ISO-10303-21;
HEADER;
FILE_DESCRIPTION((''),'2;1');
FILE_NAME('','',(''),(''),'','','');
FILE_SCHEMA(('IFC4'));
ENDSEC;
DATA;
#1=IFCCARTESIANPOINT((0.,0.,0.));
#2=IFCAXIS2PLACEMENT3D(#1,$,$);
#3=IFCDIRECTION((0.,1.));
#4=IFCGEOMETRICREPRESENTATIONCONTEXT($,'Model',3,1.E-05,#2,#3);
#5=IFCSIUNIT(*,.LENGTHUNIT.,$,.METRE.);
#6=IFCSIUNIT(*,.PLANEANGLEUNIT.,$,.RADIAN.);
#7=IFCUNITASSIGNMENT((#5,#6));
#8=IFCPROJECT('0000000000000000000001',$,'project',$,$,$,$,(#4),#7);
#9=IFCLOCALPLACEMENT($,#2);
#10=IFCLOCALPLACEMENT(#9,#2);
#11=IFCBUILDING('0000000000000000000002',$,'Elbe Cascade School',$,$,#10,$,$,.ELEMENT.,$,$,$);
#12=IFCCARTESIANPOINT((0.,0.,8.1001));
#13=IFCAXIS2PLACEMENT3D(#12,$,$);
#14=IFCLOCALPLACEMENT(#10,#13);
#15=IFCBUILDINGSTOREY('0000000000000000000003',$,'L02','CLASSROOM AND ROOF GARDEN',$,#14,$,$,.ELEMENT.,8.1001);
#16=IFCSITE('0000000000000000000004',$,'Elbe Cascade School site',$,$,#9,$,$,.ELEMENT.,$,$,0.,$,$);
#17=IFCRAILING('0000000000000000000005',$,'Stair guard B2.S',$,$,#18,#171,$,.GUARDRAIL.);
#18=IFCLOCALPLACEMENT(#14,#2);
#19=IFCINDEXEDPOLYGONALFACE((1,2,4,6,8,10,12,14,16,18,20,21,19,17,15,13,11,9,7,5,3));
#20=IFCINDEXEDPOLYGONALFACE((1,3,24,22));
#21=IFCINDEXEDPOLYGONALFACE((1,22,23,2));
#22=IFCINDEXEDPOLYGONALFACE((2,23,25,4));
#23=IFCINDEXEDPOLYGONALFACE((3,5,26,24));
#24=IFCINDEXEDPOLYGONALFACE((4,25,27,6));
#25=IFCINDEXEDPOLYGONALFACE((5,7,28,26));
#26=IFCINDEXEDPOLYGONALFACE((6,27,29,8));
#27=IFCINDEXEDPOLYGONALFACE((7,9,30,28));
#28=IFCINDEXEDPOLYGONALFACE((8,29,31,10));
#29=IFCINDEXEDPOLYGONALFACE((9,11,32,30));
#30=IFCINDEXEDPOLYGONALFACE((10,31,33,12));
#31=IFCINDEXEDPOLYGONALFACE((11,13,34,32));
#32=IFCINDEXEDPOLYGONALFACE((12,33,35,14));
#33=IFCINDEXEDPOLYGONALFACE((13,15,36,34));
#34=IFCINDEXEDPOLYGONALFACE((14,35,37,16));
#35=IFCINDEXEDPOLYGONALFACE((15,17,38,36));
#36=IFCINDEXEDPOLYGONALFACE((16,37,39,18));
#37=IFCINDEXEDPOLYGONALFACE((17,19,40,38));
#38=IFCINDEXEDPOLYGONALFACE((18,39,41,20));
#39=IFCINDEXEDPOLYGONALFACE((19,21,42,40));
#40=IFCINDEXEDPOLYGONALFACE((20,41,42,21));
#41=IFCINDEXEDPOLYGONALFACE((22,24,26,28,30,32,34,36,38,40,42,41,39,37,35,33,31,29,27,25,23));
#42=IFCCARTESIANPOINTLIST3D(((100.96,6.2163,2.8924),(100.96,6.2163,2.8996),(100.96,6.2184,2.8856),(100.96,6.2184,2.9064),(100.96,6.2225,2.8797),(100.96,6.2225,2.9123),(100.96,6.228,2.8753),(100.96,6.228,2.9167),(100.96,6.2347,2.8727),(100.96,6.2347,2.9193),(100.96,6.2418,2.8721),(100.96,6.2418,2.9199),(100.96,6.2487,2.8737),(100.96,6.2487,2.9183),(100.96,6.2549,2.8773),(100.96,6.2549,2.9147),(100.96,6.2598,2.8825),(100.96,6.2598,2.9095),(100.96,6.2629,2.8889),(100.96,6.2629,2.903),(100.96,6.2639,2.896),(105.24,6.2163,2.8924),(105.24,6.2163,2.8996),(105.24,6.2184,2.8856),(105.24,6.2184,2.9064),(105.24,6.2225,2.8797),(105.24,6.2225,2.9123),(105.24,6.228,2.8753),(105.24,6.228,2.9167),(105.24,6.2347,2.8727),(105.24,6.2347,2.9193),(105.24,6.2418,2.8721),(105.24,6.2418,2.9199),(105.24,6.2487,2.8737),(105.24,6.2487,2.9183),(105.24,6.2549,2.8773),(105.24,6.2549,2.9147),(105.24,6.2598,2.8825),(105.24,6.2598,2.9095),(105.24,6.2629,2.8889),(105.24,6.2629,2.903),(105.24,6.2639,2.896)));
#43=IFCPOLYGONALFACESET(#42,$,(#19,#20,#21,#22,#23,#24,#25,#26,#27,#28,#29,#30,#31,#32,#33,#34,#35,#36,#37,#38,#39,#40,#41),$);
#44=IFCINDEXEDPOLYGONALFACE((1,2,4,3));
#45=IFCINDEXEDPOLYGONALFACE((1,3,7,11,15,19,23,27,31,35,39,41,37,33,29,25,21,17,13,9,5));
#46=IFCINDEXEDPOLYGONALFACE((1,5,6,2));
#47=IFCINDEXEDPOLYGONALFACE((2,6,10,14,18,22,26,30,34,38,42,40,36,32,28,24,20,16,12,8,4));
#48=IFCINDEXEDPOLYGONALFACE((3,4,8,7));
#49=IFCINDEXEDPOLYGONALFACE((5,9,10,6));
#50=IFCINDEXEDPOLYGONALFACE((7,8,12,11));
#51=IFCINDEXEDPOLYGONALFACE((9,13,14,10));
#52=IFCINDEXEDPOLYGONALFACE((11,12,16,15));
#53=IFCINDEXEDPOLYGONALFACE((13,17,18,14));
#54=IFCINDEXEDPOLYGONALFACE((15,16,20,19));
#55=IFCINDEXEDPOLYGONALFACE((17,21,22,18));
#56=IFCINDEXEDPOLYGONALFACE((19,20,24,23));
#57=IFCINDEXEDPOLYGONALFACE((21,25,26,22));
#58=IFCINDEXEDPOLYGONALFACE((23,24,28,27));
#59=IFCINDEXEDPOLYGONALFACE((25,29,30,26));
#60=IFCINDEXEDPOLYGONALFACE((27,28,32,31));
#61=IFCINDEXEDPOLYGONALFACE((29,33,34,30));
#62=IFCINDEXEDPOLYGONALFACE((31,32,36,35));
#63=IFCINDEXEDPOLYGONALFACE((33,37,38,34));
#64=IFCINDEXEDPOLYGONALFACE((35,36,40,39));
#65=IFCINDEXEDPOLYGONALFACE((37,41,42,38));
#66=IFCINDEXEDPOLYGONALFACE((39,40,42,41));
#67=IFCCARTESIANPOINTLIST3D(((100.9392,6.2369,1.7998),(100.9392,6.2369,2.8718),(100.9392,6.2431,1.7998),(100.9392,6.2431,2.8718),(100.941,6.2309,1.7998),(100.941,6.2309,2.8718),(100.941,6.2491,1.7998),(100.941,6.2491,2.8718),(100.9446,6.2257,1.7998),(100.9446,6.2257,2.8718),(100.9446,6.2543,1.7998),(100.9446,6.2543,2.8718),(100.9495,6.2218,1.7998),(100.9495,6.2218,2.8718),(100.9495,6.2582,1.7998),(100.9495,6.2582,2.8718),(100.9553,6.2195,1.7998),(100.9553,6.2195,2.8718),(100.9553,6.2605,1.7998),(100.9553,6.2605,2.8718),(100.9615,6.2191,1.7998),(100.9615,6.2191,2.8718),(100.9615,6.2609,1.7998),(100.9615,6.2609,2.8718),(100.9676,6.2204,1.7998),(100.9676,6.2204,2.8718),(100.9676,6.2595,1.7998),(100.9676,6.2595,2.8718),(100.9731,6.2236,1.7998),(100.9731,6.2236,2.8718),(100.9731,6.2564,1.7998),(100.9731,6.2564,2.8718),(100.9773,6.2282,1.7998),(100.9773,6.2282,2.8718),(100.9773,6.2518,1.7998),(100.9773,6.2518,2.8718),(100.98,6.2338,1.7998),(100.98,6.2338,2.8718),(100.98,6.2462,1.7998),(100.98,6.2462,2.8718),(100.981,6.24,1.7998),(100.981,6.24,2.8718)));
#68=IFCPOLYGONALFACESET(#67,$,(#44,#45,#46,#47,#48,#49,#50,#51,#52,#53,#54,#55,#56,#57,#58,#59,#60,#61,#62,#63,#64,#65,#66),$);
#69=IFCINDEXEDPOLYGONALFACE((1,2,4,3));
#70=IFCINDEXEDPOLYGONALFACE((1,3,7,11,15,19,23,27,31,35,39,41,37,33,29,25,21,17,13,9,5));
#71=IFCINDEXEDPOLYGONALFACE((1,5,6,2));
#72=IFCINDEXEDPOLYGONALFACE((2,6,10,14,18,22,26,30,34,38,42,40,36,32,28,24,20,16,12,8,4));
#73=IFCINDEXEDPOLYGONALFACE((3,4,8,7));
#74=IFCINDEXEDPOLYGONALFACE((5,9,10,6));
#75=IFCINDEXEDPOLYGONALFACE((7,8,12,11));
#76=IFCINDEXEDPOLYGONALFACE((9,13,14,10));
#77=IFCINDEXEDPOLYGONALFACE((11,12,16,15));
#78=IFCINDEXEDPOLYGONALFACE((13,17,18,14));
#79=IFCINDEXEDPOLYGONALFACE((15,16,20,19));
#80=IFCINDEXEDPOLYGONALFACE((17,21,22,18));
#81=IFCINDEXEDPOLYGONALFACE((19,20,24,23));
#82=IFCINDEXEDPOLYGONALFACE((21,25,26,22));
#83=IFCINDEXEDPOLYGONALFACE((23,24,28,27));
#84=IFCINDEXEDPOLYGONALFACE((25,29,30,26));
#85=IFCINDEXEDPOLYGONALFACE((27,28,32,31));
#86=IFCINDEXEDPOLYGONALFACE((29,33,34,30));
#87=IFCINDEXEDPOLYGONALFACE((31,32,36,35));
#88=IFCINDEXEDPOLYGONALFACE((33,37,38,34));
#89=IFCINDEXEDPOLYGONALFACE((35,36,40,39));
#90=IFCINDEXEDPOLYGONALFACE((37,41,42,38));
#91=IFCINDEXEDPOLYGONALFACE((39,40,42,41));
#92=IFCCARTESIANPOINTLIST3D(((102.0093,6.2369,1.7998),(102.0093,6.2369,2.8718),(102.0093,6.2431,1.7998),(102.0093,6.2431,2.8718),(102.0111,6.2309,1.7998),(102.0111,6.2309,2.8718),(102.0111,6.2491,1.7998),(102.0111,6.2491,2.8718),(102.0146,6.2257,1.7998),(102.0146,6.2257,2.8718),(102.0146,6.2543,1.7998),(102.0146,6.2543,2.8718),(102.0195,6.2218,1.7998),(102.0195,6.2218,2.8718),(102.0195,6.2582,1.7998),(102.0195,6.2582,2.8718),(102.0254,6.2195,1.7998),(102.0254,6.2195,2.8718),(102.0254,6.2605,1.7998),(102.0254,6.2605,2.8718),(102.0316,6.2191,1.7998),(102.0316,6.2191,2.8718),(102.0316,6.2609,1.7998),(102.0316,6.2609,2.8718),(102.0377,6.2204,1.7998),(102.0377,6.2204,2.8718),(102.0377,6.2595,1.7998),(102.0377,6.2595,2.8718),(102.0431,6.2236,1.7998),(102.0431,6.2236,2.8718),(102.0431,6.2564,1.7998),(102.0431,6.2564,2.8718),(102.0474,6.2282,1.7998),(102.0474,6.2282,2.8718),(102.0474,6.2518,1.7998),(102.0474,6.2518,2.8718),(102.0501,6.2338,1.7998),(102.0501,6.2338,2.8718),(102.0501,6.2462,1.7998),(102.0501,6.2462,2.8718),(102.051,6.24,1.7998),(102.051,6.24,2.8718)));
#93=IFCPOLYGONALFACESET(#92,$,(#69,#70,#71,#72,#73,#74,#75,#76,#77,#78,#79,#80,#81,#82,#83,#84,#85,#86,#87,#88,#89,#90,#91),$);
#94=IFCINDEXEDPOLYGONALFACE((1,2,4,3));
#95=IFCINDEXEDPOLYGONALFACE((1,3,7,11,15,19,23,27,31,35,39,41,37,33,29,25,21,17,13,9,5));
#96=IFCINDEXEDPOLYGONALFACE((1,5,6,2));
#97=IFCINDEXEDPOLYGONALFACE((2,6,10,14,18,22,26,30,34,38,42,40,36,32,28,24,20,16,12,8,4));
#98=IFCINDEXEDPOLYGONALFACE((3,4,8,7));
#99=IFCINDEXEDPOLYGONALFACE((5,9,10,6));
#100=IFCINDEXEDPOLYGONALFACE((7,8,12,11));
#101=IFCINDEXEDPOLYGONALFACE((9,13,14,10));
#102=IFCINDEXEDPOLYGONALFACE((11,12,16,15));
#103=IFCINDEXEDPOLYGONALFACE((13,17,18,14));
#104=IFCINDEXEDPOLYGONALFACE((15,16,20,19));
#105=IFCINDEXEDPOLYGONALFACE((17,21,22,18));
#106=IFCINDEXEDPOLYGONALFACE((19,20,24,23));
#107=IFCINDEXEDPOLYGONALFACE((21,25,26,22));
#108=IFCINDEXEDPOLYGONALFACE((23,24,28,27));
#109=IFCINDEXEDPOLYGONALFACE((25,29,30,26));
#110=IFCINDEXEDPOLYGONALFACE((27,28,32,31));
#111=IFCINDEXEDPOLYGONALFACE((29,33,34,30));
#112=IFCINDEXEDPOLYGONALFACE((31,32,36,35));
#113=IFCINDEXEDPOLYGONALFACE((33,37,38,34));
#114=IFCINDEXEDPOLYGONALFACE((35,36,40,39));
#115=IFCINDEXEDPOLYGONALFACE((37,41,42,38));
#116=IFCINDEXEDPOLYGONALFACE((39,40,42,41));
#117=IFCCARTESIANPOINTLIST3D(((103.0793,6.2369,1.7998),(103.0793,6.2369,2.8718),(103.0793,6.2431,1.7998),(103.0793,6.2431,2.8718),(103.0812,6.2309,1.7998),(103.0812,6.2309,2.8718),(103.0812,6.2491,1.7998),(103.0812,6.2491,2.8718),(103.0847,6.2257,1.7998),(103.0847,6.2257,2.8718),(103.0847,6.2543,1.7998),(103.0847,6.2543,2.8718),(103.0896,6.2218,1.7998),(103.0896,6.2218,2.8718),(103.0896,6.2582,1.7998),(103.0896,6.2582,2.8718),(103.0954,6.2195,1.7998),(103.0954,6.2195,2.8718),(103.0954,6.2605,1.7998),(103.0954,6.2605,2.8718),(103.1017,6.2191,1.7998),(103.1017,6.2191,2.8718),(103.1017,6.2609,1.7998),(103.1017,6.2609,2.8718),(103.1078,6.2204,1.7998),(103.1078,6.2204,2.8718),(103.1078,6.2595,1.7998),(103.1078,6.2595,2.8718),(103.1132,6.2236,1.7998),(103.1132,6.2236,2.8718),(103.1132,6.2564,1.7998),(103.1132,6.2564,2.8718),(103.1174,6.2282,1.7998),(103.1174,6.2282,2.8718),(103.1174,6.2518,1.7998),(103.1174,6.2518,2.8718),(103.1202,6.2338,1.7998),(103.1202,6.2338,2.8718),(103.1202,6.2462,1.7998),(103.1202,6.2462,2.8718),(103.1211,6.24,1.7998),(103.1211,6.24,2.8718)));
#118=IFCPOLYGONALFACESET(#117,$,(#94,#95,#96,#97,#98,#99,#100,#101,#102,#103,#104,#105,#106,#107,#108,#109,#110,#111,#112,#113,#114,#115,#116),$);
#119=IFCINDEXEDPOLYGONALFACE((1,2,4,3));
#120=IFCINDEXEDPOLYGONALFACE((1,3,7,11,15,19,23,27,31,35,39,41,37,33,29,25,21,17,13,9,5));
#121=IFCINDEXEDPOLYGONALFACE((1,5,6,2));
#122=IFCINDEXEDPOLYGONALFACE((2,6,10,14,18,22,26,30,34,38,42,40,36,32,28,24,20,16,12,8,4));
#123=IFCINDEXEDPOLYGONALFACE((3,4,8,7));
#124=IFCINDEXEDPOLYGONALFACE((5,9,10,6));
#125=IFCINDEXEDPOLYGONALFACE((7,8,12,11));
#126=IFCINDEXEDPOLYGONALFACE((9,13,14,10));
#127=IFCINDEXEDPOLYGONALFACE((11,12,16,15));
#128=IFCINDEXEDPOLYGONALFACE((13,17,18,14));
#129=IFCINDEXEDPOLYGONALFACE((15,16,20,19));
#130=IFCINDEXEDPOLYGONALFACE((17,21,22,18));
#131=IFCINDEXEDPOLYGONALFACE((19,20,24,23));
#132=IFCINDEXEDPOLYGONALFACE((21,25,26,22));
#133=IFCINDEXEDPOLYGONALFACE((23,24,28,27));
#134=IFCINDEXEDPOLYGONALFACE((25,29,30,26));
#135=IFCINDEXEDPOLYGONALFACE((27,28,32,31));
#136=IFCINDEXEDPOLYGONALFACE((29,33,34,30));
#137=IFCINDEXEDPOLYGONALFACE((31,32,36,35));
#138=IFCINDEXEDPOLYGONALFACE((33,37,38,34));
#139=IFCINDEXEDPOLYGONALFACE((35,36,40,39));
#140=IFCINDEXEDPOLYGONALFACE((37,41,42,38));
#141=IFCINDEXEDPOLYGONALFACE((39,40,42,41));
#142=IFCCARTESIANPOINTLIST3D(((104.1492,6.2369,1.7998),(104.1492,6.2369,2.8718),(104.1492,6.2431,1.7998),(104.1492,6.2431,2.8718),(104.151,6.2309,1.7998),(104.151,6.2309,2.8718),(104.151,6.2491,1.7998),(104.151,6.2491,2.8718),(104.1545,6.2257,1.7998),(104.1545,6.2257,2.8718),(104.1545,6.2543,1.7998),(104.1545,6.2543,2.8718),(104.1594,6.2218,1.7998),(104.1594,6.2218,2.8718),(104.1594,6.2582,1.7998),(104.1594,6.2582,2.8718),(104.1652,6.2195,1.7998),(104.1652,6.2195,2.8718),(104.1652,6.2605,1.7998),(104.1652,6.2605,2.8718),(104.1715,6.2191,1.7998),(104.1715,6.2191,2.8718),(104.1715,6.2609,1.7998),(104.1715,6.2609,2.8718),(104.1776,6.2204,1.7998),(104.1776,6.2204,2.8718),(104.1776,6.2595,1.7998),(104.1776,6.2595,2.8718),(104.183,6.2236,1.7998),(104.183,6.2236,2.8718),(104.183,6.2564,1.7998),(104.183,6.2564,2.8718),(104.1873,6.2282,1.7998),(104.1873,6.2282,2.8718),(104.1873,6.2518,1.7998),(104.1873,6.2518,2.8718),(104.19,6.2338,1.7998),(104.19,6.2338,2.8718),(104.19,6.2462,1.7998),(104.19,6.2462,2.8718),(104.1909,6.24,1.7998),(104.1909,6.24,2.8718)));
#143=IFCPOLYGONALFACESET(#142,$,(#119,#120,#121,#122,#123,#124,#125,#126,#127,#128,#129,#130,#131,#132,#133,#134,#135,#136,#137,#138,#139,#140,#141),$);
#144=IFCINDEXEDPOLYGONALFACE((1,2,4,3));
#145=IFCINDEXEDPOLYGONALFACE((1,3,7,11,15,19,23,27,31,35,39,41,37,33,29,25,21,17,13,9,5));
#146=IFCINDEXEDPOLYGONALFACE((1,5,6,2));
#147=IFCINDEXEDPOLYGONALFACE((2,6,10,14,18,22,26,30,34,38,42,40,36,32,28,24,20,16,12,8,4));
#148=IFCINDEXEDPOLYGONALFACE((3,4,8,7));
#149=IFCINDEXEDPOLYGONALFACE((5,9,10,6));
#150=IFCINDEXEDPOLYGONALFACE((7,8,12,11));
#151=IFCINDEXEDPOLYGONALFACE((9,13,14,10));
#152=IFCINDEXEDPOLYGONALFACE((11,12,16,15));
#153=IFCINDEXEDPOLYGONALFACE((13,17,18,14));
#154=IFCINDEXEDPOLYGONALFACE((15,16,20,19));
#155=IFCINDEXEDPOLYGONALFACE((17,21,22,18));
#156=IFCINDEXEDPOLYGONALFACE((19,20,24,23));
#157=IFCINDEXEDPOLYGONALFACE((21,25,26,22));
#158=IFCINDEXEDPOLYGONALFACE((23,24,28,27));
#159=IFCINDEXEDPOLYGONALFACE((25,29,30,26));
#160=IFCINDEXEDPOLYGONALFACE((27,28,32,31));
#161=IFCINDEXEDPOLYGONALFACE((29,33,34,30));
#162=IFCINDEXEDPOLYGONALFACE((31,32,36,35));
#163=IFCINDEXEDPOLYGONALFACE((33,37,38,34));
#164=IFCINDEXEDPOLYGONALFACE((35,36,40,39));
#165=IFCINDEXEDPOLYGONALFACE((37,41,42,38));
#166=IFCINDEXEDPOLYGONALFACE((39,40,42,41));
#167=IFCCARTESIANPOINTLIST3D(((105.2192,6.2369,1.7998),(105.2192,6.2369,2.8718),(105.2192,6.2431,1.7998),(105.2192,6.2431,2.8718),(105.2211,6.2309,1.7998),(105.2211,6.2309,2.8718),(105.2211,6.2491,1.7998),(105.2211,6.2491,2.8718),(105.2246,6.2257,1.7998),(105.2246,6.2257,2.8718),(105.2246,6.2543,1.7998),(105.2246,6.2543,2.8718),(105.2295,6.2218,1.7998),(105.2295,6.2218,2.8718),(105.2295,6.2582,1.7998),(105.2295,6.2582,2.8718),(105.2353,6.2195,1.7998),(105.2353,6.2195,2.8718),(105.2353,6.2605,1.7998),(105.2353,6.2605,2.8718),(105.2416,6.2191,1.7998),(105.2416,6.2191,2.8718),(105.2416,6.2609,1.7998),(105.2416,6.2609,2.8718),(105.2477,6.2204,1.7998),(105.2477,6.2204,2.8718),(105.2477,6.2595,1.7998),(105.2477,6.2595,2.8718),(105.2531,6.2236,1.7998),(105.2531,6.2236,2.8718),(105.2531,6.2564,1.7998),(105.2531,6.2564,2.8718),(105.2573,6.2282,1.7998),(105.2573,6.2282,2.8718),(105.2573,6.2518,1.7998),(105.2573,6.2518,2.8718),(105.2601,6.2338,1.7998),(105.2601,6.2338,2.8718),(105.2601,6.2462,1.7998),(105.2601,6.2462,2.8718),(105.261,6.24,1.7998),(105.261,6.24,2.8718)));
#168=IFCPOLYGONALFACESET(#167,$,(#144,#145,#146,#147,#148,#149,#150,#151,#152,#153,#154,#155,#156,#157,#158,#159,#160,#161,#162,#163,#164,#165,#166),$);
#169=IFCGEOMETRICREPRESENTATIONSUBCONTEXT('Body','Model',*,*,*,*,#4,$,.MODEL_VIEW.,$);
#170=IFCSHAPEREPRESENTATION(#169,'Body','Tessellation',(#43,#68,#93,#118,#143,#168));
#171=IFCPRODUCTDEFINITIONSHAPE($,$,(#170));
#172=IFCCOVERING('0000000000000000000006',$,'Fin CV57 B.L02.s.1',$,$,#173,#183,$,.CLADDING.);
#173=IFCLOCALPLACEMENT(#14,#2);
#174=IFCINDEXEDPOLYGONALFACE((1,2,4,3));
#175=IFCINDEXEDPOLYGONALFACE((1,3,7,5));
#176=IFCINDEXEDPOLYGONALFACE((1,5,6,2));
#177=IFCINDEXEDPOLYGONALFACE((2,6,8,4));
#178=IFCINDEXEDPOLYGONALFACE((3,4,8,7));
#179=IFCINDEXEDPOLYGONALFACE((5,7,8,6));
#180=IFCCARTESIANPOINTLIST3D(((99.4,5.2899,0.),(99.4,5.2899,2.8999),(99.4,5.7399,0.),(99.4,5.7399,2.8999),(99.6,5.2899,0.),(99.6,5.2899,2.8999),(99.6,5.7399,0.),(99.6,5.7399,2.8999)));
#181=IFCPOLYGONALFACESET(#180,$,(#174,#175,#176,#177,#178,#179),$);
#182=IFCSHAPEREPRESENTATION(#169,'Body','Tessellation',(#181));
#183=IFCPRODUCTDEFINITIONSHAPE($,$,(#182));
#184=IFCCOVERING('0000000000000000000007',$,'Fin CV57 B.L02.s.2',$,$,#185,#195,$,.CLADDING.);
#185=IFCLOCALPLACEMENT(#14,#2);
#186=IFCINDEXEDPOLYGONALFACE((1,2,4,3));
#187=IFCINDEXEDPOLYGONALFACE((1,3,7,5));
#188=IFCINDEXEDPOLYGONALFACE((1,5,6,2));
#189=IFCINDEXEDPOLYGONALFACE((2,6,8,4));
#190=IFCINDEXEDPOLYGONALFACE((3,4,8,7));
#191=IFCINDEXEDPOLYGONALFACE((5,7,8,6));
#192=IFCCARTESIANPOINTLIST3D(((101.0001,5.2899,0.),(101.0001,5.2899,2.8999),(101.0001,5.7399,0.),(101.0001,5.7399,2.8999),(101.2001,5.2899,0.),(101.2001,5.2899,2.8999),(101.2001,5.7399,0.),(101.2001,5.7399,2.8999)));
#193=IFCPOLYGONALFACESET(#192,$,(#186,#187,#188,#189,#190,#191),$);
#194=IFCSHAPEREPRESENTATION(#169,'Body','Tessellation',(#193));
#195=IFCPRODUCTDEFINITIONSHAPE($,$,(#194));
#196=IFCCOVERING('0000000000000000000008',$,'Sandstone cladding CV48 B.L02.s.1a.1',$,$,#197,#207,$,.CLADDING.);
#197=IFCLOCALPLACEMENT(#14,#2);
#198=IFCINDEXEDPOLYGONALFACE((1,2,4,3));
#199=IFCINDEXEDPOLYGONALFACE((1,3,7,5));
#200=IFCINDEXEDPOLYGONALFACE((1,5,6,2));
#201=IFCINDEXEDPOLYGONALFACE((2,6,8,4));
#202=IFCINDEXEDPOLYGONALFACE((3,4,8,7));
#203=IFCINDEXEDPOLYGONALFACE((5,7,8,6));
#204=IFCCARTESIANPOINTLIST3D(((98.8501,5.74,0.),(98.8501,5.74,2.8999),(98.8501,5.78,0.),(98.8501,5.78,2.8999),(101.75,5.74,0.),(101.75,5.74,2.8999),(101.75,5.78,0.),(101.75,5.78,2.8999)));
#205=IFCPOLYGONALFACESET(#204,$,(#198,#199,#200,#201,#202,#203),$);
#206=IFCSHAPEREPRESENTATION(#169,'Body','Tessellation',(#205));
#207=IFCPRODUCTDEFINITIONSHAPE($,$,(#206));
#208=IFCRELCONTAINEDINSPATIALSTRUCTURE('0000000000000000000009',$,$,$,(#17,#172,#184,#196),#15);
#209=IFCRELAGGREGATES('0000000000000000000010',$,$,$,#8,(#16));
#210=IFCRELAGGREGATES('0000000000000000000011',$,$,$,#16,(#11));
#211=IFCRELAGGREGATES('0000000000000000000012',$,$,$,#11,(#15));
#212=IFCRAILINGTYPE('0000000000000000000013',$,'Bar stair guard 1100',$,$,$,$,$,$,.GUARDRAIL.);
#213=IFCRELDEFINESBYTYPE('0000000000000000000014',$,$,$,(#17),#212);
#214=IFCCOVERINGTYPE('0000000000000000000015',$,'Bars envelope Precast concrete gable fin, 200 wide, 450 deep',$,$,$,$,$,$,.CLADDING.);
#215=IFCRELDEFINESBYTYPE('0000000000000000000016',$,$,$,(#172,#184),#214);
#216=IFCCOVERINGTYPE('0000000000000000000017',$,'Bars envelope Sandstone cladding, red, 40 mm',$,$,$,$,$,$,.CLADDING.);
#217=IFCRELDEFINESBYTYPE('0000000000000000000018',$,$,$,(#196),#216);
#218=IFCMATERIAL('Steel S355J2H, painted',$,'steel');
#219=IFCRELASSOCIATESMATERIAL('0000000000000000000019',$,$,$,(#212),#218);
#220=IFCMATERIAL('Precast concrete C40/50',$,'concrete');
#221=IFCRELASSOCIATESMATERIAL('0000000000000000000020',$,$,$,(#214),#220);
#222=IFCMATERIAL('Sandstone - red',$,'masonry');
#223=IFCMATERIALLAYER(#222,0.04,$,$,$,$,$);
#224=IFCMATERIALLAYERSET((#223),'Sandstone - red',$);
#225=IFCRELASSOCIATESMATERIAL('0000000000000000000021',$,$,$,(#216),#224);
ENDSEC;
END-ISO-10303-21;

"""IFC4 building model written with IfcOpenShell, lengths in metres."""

from ifc_helpers import new_model, si_unit, direction, frame, origin, origin_2d, place, context, subcontext, project, spatial, rectangle, circle, extrude, material, layer, layer_set, type_object, element, save


model = new_model("IFC4")

# Units and contexts
model_context = context("Model", 3, precision=1e-05, world=origin(), true_north=direction((0.0, 1.0)))
body_context = subcontext(model_context, "Body", "Model", "MODEL_VIEW")
ifc_project = project(units=[si_unit("LENGTHUNIT", "METRE"), si_unit("PLANEANGLEUNIT", "RADIAN")], contexts=[model_context])

# Site, building, storey
site_placement = place(None, origin())
site = spatial("IfcSite", under=ifc_project, at=site_placement, Name="Elbe Cascade School site", CompositionType="ELEMENT", RefElevation=0.0)
building_placement = place(site_placement, origin())
building = spatial("IfcBuilding", under=site, at=building_placement, Name="Elbe Cascade School", CompositionType="ELEMENT")
storey_placement = place(building_placement, frame((0.0, 0.0, 8.1001)))
storey = spatial("IfcBuildingStorey", under=building, at=storey_placement, Name="L02", Description="CLASSROOM AND ROOF GARDEN", CompositionType="ELEMENT", Elevation=8.1001)

# Railing
ifc_material_1 = material(Name="Steel S355J2H, painted", Category="steel")
railing_type = type_object("IfcRailingType", Name="Bar stair guard 1100", PredefinedType="GUARDRAIL", material=ifc_material_1)
railing_placement = place(storey_placement, frame((100.96, 6.24, 1.7998)))
element("IfcRailing", 1, at=railing_placement, inside=storey, type_object=railing_type, Name="Stair guard B2.S", PredefinedType="GUARDRAIL", context=body_context, shape_type="SweptSolid", body=[
    extrude(circle(Radius=0.0239, at=origin_2d()), frame((0.0, 0.0, 1.0962), z_axis=(1.0, 0.0, 0.0), x_axis=(0.0, 1.0, 0.0)), (0.0, 0.0, 1.0), 4.28),
    extrude(circle(Radius=0.021, at=origin_2d()), origin(), (0.0, 0.0, 1.0), 1.072),
    extrude(circle(Radius=0.021, at=origin_2d()), frame((1.0701, 0.0, 0.0)), (0.0, 0.0, 1.0), 1.072),
    extrude(circle(Radius=0.021, at=origin_2d()), frame((2.1401, 0.0, 0.0)), (0.0, 0.0, 1.0), 1.072),
    extrude(circle(Radius=0.021, at=origin_2d()), frame((3.21, 0.0, 0.0)), (0.0, 0.0, 1.0), 1.072),
    extrude(circle(Radius=0.021, at=origin_2d()), frame((4.28, 0.0, 0.0)), (0.0, 0.0, 1.0), 1.072),
])

# Coverings
ifc_material_2 = material(Name="Precast concrete C40/50", Category="concrete")
covering_type_1 = type_object("IfcCoveringType", Name="Bars envelope Precast concrete gable fin, 200 wide, 450 deep", PredefinedType="CLADDING", material=ifc_material_2)
for number, where, z_axis, x_axis, name in (
    (2, (99.5, 5.5149, 0.0), (0.0, 0.0, 1.0), (1.0, 0.0, 0.0), "Fin CV57 B.L02.s.1"),
    (3, (101.1001, 5.5149, 0.0), (0.0, 0.0, 1.0), (1.0, 0.0, 0.0), "Fin CV57 B.L02.s.2"),
):
    element("IfcCovering", number, at=place(storey_placement, frame(where, z_axis=z_axis, x_axis=x_axis)), inside=storey, type_object=covering_type_1, Name=name, PredefinedType="CLADDING", context=body_context, shape_type="SweptSolid", body=[
        extrude(rectangle(XDim=0.2, YDim=0.45, at=origin_2d()), origin(), (0.0, 0.0, 1.0), 2.8999),
    ])
ifc_material_3 = material(Name="Sandstone - red", Category="masonry")
ifc_layer_1 = layer(ifc_material_3, 0.04)
ifc_layer_set_1 = layer_set([ifc_layer_1], Name="Sandstone - red")
covering_type_2 = type_object("IfcCoveringType", Name="Bars envelope Sandstone cladding, red, 40 mm", PredefinedType="CLADDING", material=ifc_layer_set_1)
covering_1_placement = place(storey_placement, frame((100.3, 5.76, 0.0), z_axis=(0.0, 0.0, 1.0), x_axis=(1.0, 0.0, 0.0)))
element("IfcCovering", 4, at=covering_1_placement, inside=storey, type_object=covering_type_2, Name="Sandstone cladding CV48 B.L02.s.1a.1", PredefinedType="CLADDING", context=body_context, shape_type="SweptSolid", body=[
    extrude(rectangle(XDim=2.8999, YDim=0.04, at=origin_2d()), origin(), (0.0, 0.0, 1.0), 2.8999),
])

save(model, "model.ifc")
